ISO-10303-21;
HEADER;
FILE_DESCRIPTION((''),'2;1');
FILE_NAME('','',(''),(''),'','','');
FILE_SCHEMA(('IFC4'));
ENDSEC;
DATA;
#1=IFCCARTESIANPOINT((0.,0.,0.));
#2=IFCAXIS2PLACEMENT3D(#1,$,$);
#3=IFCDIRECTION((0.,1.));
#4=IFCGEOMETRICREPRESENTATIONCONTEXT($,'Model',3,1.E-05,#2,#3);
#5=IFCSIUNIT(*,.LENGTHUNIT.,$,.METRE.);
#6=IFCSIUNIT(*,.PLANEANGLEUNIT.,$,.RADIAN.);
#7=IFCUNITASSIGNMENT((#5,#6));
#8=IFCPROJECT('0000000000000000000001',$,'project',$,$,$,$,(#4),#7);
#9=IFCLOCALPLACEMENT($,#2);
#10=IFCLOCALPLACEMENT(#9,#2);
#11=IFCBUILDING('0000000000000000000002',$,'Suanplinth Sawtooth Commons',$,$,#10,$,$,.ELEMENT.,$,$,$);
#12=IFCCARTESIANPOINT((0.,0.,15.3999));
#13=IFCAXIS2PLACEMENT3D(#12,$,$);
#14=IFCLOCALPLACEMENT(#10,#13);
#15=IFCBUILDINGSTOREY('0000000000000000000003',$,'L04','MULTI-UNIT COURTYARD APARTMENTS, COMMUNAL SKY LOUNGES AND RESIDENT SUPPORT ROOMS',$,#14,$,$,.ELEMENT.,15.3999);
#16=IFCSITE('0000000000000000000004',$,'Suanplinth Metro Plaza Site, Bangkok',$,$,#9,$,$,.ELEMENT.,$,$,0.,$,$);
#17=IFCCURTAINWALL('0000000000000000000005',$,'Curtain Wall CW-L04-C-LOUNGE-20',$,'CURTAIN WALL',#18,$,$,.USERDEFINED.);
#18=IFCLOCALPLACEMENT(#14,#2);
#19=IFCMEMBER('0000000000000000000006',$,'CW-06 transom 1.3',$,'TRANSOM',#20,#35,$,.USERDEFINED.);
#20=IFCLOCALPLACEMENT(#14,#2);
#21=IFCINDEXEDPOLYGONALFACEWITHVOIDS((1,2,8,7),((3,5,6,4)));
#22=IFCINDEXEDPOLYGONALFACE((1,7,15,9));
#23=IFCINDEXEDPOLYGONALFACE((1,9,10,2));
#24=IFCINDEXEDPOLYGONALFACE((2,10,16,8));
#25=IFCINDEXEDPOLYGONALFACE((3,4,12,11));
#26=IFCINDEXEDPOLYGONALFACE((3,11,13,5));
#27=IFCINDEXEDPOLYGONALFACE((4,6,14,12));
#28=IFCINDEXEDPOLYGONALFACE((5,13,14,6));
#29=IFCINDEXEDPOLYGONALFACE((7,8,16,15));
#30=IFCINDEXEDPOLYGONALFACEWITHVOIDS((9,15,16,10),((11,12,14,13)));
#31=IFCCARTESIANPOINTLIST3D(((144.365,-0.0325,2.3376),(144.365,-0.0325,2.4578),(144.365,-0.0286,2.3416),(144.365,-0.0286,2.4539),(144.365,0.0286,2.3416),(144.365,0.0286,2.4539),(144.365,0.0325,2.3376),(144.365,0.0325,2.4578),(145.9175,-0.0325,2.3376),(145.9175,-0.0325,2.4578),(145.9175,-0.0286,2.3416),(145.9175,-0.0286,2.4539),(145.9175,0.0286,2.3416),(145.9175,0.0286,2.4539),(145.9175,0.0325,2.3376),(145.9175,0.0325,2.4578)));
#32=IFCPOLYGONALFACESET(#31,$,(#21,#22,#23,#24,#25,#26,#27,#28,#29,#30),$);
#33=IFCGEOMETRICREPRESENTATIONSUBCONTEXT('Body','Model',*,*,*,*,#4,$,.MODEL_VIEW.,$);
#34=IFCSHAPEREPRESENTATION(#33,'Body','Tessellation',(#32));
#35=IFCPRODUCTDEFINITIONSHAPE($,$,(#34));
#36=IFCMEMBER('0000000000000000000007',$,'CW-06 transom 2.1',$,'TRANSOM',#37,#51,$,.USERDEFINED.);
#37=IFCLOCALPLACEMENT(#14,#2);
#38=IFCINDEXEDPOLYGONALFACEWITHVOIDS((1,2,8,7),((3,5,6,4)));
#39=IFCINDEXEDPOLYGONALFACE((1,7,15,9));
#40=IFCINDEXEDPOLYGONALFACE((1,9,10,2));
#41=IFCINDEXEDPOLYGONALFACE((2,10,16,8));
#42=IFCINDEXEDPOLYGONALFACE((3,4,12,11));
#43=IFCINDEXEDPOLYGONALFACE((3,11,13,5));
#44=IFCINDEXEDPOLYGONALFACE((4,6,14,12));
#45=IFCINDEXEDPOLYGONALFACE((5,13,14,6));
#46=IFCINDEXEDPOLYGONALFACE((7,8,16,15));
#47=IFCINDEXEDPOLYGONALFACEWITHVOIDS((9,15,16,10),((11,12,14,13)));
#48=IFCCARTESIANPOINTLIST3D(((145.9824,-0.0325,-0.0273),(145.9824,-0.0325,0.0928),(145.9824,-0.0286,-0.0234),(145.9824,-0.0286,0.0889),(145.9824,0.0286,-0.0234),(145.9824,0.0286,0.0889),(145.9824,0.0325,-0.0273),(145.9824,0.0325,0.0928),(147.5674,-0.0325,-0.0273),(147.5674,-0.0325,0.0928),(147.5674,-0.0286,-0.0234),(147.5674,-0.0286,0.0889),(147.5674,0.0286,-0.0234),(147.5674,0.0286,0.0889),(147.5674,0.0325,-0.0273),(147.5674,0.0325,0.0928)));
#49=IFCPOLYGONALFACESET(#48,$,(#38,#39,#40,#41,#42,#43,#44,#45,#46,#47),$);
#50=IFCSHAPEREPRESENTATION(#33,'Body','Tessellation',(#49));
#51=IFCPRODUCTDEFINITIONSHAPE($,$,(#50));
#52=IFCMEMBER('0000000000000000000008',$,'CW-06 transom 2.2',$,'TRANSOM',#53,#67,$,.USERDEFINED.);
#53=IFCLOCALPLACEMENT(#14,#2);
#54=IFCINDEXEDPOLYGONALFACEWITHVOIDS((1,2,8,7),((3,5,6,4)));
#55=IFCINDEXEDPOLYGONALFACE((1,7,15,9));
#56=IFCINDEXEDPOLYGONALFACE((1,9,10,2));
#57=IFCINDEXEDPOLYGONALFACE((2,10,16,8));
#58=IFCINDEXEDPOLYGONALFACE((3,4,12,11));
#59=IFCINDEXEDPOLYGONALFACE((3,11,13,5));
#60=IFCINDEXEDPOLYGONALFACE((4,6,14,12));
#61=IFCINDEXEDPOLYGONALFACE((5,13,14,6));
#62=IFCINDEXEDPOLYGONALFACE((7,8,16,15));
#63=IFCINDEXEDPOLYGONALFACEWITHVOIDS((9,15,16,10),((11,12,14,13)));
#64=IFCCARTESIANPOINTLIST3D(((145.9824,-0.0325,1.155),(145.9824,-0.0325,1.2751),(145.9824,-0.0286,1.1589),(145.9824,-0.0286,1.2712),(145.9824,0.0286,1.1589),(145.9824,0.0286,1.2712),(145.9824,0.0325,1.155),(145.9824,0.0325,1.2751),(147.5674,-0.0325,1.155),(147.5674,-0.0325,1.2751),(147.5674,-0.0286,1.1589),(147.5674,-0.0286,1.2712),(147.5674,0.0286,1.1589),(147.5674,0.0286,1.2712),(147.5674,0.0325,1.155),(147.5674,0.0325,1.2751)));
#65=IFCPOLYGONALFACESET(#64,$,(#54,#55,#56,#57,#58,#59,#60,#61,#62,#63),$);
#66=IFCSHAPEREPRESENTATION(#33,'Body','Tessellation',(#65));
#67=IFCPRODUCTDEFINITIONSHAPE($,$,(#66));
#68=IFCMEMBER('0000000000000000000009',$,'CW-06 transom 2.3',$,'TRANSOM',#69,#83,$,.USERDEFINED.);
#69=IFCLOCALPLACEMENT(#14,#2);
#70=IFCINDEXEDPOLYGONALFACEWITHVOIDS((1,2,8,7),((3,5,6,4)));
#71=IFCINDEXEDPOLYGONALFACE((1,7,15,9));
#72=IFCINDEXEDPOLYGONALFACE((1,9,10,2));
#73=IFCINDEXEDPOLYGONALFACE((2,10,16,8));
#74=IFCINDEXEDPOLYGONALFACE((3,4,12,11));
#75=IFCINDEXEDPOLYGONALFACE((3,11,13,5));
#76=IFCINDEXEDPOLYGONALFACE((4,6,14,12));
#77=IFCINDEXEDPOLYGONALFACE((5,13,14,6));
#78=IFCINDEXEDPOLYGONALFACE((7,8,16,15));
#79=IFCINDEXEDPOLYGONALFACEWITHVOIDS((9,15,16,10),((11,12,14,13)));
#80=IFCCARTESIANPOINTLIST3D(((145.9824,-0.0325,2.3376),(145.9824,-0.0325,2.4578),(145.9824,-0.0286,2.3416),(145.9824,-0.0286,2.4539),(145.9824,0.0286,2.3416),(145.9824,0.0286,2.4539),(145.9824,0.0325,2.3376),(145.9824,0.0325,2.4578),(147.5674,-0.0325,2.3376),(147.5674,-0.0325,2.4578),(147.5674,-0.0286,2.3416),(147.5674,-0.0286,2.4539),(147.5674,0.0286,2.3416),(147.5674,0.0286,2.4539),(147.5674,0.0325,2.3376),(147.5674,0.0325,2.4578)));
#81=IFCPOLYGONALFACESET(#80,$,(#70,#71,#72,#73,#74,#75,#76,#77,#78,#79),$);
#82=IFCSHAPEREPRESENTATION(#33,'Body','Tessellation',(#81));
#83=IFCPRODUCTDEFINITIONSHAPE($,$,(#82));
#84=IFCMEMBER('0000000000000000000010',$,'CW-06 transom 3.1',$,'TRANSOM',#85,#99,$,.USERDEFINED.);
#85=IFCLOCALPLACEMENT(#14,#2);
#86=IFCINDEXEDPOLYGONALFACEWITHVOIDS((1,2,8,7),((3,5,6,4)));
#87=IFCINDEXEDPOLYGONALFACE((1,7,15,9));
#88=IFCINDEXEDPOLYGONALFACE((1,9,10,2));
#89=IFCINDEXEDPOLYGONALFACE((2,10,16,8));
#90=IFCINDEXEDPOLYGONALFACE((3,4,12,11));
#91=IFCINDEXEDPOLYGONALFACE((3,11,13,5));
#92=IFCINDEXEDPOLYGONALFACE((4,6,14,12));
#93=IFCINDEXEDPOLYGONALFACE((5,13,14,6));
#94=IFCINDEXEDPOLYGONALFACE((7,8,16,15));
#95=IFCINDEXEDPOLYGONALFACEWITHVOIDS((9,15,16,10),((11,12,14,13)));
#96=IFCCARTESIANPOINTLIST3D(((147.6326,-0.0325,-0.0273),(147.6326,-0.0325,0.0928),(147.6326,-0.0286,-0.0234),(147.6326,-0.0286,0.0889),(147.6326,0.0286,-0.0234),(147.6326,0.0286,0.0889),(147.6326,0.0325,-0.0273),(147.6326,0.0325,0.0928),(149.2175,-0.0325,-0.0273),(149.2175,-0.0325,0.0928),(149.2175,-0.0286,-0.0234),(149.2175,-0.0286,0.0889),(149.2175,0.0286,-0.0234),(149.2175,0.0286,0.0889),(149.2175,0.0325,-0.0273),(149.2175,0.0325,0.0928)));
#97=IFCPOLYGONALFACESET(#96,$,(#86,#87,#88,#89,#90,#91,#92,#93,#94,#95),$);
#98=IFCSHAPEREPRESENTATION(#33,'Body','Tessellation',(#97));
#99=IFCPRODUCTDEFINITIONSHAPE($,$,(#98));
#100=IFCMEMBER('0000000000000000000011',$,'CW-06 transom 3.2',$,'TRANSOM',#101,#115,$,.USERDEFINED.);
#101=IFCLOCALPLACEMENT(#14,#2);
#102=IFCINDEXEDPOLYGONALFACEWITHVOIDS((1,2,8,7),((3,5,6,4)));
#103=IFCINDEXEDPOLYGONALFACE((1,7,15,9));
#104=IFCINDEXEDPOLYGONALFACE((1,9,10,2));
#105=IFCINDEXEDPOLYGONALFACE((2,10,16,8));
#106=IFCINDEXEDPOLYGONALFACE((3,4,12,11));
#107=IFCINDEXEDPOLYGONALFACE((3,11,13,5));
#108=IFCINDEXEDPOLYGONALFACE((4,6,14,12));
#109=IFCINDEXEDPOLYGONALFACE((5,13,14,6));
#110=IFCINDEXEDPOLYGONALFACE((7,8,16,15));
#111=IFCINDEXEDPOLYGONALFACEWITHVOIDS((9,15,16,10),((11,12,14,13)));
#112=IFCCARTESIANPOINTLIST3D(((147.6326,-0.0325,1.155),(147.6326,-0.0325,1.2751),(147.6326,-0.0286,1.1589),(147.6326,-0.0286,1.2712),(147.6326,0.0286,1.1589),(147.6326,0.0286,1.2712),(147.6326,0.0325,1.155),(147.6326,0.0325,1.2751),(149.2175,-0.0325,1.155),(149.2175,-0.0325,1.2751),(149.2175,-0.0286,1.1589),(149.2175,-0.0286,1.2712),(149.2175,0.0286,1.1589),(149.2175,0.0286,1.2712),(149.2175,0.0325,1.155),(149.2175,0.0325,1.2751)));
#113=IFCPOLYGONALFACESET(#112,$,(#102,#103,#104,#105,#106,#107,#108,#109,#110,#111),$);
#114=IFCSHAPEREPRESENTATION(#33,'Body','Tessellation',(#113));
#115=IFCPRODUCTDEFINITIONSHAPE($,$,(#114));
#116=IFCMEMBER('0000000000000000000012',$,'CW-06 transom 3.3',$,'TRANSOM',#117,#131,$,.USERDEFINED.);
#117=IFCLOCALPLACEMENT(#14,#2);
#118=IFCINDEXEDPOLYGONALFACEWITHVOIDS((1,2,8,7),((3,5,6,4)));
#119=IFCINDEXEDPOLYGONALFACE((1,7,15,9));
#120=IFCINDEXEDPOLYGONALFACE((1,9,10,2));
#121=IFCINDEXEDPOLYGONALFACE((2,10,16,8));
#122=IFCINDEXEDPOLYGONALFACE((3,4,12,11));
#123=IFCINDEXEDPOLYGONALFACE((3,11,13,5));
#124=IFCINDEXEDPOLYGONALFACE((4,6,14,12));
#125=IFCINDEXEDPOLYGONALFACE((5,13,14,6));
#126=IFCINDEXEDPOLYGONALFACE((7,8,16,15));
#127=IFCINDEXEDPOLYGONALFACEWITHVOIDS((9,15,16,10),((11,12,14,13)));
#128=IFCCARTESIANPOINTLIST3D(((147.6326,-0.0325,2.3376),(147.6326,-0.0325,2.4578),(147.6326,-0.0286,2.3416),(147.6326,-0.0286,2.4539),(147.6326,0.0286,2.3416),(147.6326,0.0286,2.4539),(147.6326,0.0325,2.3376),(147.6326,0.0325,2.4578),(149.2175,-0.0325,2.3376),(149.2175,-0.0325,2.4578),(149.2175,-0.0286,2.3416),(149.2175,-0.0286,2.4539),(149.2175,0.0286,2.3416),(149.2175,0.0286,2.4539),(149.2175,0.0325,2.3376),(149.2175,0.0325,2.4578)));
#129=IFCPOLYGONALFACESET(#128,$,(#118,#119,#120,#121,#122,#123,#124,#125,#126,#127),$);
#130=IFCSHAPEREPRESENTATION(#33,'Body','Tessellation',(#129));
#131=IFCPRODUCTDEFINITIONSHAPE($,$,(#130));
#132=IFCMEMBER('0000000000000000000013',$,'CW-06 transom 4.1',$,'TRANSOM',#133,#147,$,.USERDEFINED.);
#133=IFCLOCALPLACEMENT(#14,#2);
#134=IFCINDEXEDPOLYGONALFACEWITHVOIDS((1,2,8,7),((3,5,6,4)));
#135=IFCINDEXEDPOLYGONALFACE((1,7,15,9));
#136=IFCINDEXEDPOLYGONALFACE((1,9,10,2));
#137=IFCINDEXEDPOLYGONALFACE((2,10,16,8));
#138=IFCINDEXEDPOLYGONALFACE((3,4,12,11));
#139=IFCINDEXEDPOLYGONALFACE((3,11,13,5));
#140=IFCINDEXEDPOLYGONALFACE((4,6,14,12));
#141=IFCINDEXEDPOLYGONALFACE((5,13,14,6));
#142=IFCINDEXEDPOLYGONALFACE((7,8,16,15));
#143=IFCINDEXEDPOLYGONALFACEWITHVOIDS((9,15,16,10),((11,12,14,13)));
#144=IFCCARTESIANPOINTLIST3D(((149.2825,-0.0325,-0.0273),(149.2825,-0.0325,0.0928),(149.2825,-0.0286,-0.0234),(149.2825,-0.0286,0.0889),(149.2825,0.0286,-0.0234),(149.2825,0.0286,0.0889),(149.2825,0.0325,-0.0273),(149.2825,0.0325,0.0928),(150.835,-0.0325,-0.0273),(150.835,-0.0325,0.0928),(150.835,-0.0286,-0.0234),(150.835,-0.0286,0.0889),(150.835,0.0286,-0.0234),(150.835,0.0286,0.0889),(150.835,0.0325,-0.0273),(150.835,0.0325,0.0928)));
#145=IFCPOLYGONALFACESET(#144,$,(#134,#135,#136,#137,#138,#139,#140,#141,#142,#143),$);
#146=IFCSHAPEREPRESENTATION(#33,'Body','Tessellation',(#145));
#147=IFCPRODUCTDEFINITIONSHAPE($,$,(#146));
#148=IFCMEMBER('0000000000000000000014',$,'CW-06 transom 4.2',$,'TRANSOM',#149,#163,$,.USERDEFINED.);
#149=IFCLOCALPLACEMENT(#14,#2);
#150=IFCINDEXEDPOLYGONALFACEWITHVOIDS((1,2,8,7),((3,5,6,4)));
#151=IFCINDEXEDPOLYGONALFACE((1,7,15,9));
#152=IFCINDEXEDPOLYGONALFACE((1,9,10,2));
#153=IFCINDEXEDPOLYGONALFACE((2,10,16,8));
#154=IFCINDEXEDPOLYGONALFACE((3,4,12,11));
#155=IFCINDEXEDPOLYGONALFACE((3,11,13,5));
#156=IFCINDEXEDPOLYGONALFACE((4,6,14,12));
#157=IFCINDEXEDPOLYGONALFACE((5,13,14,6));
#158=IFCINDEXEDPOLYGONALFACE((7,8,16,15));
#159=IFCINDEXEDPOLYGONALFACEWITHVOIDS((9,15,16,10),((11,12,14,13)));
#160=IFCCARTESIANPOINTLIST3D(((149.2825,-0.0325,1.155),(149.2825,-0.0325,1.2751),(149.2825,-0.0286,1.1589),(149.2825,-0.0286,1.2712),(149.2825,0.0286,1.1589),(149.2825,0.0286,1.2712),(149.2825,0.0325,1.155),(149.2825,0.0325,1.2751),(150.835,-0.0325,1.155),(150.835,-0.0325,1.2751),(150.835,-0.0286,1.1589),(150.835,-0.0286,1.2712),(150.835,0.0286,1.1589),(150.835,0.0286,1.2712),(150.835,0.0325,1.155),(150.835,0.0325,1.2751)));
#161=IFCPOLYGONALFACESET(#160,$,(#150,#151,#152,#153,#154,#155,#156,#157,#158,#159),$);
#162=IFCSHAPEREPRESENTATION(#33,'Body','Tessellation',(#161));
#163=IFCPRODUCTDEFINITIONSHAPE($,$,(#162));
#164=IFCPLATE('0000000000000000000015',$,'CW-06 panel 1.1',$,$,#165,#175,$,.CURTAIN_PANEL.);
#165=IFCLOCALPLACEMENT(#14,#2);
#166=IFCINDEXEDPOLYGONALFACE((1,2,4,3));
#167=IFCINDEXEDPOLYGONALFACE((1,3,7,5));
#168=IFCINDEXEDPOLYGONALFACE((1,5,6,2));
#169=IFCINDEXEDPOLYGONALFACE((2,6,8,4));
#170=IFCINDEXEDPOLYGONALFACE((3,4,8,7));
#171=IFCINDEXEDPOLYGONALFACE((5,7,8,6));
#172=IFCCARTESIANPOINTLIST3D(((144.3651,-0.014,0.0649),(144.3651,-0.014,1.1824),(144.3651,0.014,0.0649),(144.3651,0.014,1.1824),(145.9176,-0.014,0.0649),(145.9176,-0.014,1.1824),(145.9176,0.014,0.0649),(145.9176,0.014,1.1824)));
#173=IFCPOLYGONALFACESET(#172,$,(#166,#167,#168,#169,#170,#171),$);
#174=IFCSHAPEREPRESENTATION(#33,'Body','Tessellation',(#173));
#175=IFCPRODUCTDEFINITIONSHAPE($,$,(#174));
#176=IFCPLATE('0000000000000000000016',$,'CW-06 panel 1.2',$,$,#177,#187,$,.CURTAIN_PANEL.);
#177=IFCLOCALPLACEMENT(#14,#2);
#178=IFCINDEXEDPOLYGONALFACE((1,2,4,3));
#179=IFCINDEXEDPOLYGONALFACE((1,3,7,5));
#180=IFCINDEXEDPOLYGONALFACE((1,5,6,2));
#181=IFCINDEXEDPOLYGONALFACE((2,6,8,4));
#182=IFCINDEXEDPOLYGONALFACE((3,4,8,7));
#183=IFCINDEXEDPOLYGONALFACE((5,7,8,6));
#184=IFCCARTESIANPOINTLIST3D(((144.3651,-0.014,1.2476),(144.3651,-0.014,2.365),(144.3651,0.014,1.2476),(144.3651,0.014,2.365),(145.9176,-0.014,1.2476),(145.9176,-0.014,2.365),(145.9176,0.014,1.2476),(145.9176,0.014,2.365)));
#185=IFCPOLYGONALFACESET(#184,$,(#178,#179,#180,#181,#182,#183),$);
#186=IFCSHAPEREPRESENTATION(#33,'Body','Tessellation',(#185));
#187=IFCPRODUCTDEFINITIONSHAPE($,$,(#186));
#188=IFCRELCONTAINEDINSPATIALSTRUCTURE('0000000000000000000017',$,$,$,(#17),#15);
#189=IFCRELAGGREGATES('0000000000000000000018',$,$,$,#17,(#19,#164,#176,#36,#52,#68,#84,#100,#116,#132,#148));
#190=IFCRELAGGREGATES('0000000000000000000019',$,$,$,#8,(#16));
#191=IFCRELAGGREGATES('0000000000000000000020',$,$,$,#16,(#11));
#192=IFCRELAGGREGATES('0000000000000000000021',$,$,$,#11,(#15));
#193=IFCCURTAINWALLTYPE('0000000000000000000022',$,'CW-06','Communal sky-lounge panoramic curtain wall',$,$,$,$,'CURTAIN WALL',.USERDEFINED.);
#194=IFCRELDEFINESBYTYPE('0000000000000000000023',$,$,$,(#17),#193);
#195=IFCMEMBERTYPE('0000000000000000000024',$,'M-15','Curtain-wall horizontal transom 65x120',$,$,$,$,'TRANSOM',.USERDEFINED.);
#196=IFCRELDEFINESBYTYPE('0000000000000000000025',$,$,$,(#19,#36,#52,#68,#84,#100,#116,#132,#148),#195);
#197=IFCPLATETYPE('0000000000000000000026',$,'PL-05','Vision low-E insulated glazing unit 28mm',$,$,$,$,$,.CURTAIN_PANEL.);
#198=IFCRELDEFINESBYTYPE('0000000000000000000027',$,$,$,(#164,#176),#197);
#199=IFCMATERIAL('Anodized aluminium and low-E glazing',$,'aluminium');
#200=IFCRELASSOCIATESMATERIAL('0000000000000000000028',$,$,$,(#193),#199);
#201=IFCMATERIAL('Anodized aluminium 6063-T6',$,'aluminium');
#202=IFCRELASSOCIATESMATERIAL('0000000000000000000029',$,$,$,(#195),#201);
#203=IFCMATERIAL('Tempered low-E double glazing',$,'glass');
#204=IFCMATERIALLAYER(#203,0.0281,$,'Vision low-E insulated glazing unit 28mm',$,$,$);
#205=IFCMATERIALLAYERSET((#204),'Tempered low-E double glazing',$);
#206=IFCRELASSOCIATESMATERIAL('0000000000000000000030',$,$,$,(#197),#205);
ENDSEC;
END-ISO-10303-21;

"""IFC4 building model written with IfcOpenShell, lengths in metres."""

from ifc_helpers import new_model, si_unit, direction, frame, origin, origin_2d, place, context, subcontext, project, spatial, rectangle, hollow_rectangle, extrude, material, layer, layer_set, material_profile, profile_set, type_object, element, aggregate, save


model = new_model("IFC4")

# Units and contexts
model_context = context("Model", 3, precision=1e-05, world=origin(), true_north=direction((0.0, 1.0)))
body_context = subcontext(model_context, "Body", "Model", "MODEL_VIEW")
ifc_project = project(units=[si_unit("LENGTHUNIT", "METRE"), si_unit("PLANEANGLEUNIT", "RADIAN")], contexts=[model_context])

# Site, building, storey
site_placement = place(None, origin())
site = spatial("IfcSite", under=ifc_project, at=site_placement, Name="Suanplinth Metro Plaza Site, Bangkok", CompositionType="ELEMENT", RefElevation=0.0)
building_placement = place(site_placement, origin())
building = spatial("IfcBuilding", under=site, at=building_placement, Name="Suanplinth Sawtooth Commons", CompositionType="ELEMENT")
storey_placement = place(building_placement, frame((0.0, 0.0, 15.3999)))
storey = spatial("IfcBuildingStorey", under=building, at=storey_placement, Name="L04", Description="MULTI-UNIT COURTYARD APARTMENTS, COMMUNAL SKY LOUNGES AND RESIDENT SUPPORT ROOMS", CompositionType="ELEMENT", Elevation=15.3999)

# Curtain wall, members, plates
ifc_material_1 = material(Name="Anodized aluminium and low-E glazing", Category="aluminium")
curtain_wall_type = type_object("IfcCurtainWallType", Name="CW-06", Description="Communal sky-lounge panoramic curtain wall", ElementType="CURTAIN WALL", PredefinedType="USERDEFINED", material=ifc_material_1)
curtain_wall_placement = place(storey_placement, origin())
curtain_wall = element("IfcCurtainWall", 1, at=curtain_wall_placement, inside=storey, type_object=curtain_wall_type, Name="Curtain Wall CW-L04-C-LOUNGE-20", ObjectType="CURTAIN WALL", PredefinedType="USERDEFINED")
ifc_material_2 = material(Name="Anodized aluminium 6063-T6", Category="aluminium")
ifc_material_profile_1 = material_profile(ifc_material_2, hollow_rectangle(XDim=0.0649, YDim=0.1201, WallThickness=0.0039, at=origin_2d()), Name="ALU-TRN 65x120")
ifc_profile_set_1 = profile_set([ifc_material_profile_1], Name="Anodized aluminium 6063-T6")
member_type_1 = type_object("IfcMemberType", Name="M-15", Description="Curtain-wall horizontal transom 65x120", ElementType="TRANSOM", PredefinedType="USERDEFINED", material=ifc_profile_set_1)
member_1_placement = place(storey_placement, frame((144.365, 0.0, 2.3977), z_axis=(1.0, 0.0, 0.0), x_axis=(0.0, 1.0, 0.0)))
member_1 = element("IfcMember", 2, at=member_1_placement, type_object=member_type_1, Name="CW-06 transom 1.3", ObjectType="TRANSOM", PredefinedType="USERDEFINED", context=body_context, shape_type="SweptSolid", body=[
    extrude(hollow_rectangle(XDim=0.0649, YDim=0.1201, WallThickness=0.0039, at=origin_2d()), origin(), (0.0, 0.0, 1.0), 1.5525),
])
member_2_placement = place(storey_placement, frame((145.9824, 0.0, 0.0327), z_axis=(1.0, 0.0, 0.0), x_axis=(0.0, 1.0, 0.0)))
member_2 = element("IfcMember", 3, at=member_2_placement, type_object=member_type_1, Name="CW-06 transom 2.1", ObjectType="TRANSOM", PredefinedType="USERDEFINED", context=body_context, shape_type="SweptSolid", body=[
    extrude(hollow_rectangle(XDim=0.0649, YDim=0.1201, WallThickness=0.0039, at=origin_2d()), origin(), (0.0, 0.0, 1.0), 1.585),
])
member_3_placement = place(storey_placement, frame((145.9824, 0.0, 1.2151), z_axis=(1.0, 0.0, 0.0), x_axis=(0.0, 1.0, 0.0)))
member_3 = element("IfcMember", 4, at=member_3_placement, type_object=member_type_1, Name="CW-06 transom 2.2", ObjectType="TRANSOM", PredefinedType="USERDEFINED", context=body_context, shape_type="SweptSolid", body=[
    extrude(hollow_rectangle(XDim=0.0649, YDim=0.1201, WallThickness=0.0039, at=origin_2d()), origin(), (0.0, 0.0, 1.0), 1.585),
])
member_4_placement = place(storey_placement, frame((145.9824, 0.0, 2.3977), z_axis=(1.0, 0.0, 0.0), x_axis=(0.0, 1.0, 0.0)))
member_4 = element("IfcMember", 5, at=member_4_placement, type_object=member_type_1, Name="CW-06 transom 2.3", ObjectType="TRANSOM", PredefinedType="USERDEFINED", context=body_context, shape_type="SweptSolid", body=[
    extrude(hollow_rectangle(XDim=0.0649, YDim=0.1201, WallThickness=0.0039, at=origin_2d()), origin(), (0.0, 0.0, 1.0), 1.585),
])
member_5_placement = place(storey_placement, frame((147.6326, 0.0, 0.0327), z_axis=(1.0, 0.0, 0.0), x_axis=(0.0, 1.0, 0.0)))
member_5 = element("IfcMember", 6, at=member_5_placement, type_object=member_type_1, Name="CW-06 transom 3.1", ObjectType="TRANSOM", PredefinedType="USERDEFINED", context=body_context, shape_type="SweptSolid", body=[
    extrude(hollow_rectangle(XDim=0.0649, YDim=0.1201, WallThickness=0.0039, at=origin_2d()), origin(), (0.0, 0.0, 1.0), 1.585),
])
member_6_placement = place(storey_placement, frame((147.6326, 0.0, 1.2151), z_axis=(1.0, 0.0, 0.0), x_axis=(0.0, 1.0, 0.0)))
member_6 = element("IfcMember", 7, at=member_6_placement, type_object=member_type_1, Name="CW-06 transom 3.2", ObjectType="TRANSOM", PredefinedType="USERDEFINED", context=body_context, shape_type="SweptSolid", body=[
    extrude(hollow_rectangle(XDim=0.0649, YDim=0.1201, WallThickness=0.0039, at=origin_2d()), origin(), (0.0, 0.0, 1.0), 1.585),
])
member_7_placement = place(storey_placement, frame((147.6326, 0.0, 2.3977), z_axis=(1.0, 0.0, 0.0), x_axis=(0.0, 1.0, 0.0)))
member_7 = element("IfcMember", 8, at=member_7_placement, type_object=member_type_1, Name="CW-06 transom 3.3", ObjectType="TRANSOM", PredefinedType="USERDEFINED", context=body_context, shape_type="SweptSolid", body=[
    extrude(hollow_rectangle(XDim=0.0649, YDim=0.1201, WallThickness=0.0039, at=origin_2d()), origin(), (0.0, 0.0, 1.0), 1.585),
])
member_8_placement = place(storey_placement, frame((149.2825, 0.0, 0.0327), z_axis=(1.0, 0.0, 0.0), x_axis=(0.0, 1.0, 0.0)))
member_8 = element("IfcMember", 9, at=member_8_placement, type_object=member_type_1, Name="CW-06 transom 4.1", ObjectType="TRANSOM", PredefinedType="USERDEFINED", context=body_context, shape_type="SweptSolid", body=[
    extrude(hollow_rectangle(XDim=0.0649, YDim=0.1201, WallThickness=0.0039, at=origin_2d()), origin(), (0.0, 0.0, 1.0), 1.5525),
])
member_9_placement = place(storey_placement, frame((149.2825, 0.0, 1.2151), z_axis=(1.0, 0.0, 0.0), x_axis=(0.0, 1.0, 0.0)))
member_9 = element("IfcMember", 10, at=member_9_placement, type_object=member_type_1, Name="CW-06 transom 4.2", ObjectType="TRANSOM", PredefinedType="USERDEFINED", context=body_context, shape_type="SweptSolid", body=[
    extrude(hollow_rectangle(XDim=0.0649, YDim=0.1201, WallThickness=0.0039, at=origin_2d()), origin(), (0.0, 0.0, 1.0), 1.5525),
])
ifc_material_3 = material(Name="Tempered low-E double glazing", Category="glass")
ifc_layer = layer(ifc_material_3, 0.0281, Name="Vision low-E insulated glazing unit 28mm")
ifc_layer_set = layer_set([ifc_layer], Name="Tempered low-E double glazing")
plate_type = type_object("IfcPlateType", Name="PL-05", Description="Vision low-E insulated glazing unit 28mm", PredefinedType="CURTAIN_PANEL", material=ifc_layer_set)
plate_1_placement = place(storey_placement, frame((145.1414, 0.0, 0.0649), z_axis=(0.0, 0.0, 1.0), x_axis=(1.0, 0.0, 0.0)))
plate_1 = element("IfcPlate", 11, at=plate_1_placement, type_object=plate_type, Name="CW-06 panel 1.1", PredefinedType="CURTAIN_PANEL", context=body_context, shape_type="SweptSolid", body=[
    extrude(rectangle(XDim=1.5525, YDim=0.0281, at=origin_2d()), origin(), (0.0, 0.0, 1.0), 1.1174),
])
plate_2_placement = place(storey_placement, frame((145.1414, 0.0, 1.2476), z_axis=(0.0, 0.0, 1.0), x_axis=(1.0, 0.0, 0.0)))
plate_2 = element("IfcPlate", 12, at=plate_2_placement, type_object=plate_type, Name="CW-06 panel 1.2", PredefinedType="CURTAIN_PANEL", context=body_context, shape_type="SweptSolid", body=[
    extrude(rectangle(XDim=1.5525, YDim=0.0281, at=origin_2d()), origin(), (0.0, 0.0, 1.0), 1.1174),
])
aggregate(curtain_wall, [member_1, plate_1, plate_2, member_2, member_3, member_4, member_5, member_6, member_7, member_8, member_9])

save(model, "model.ifc")
